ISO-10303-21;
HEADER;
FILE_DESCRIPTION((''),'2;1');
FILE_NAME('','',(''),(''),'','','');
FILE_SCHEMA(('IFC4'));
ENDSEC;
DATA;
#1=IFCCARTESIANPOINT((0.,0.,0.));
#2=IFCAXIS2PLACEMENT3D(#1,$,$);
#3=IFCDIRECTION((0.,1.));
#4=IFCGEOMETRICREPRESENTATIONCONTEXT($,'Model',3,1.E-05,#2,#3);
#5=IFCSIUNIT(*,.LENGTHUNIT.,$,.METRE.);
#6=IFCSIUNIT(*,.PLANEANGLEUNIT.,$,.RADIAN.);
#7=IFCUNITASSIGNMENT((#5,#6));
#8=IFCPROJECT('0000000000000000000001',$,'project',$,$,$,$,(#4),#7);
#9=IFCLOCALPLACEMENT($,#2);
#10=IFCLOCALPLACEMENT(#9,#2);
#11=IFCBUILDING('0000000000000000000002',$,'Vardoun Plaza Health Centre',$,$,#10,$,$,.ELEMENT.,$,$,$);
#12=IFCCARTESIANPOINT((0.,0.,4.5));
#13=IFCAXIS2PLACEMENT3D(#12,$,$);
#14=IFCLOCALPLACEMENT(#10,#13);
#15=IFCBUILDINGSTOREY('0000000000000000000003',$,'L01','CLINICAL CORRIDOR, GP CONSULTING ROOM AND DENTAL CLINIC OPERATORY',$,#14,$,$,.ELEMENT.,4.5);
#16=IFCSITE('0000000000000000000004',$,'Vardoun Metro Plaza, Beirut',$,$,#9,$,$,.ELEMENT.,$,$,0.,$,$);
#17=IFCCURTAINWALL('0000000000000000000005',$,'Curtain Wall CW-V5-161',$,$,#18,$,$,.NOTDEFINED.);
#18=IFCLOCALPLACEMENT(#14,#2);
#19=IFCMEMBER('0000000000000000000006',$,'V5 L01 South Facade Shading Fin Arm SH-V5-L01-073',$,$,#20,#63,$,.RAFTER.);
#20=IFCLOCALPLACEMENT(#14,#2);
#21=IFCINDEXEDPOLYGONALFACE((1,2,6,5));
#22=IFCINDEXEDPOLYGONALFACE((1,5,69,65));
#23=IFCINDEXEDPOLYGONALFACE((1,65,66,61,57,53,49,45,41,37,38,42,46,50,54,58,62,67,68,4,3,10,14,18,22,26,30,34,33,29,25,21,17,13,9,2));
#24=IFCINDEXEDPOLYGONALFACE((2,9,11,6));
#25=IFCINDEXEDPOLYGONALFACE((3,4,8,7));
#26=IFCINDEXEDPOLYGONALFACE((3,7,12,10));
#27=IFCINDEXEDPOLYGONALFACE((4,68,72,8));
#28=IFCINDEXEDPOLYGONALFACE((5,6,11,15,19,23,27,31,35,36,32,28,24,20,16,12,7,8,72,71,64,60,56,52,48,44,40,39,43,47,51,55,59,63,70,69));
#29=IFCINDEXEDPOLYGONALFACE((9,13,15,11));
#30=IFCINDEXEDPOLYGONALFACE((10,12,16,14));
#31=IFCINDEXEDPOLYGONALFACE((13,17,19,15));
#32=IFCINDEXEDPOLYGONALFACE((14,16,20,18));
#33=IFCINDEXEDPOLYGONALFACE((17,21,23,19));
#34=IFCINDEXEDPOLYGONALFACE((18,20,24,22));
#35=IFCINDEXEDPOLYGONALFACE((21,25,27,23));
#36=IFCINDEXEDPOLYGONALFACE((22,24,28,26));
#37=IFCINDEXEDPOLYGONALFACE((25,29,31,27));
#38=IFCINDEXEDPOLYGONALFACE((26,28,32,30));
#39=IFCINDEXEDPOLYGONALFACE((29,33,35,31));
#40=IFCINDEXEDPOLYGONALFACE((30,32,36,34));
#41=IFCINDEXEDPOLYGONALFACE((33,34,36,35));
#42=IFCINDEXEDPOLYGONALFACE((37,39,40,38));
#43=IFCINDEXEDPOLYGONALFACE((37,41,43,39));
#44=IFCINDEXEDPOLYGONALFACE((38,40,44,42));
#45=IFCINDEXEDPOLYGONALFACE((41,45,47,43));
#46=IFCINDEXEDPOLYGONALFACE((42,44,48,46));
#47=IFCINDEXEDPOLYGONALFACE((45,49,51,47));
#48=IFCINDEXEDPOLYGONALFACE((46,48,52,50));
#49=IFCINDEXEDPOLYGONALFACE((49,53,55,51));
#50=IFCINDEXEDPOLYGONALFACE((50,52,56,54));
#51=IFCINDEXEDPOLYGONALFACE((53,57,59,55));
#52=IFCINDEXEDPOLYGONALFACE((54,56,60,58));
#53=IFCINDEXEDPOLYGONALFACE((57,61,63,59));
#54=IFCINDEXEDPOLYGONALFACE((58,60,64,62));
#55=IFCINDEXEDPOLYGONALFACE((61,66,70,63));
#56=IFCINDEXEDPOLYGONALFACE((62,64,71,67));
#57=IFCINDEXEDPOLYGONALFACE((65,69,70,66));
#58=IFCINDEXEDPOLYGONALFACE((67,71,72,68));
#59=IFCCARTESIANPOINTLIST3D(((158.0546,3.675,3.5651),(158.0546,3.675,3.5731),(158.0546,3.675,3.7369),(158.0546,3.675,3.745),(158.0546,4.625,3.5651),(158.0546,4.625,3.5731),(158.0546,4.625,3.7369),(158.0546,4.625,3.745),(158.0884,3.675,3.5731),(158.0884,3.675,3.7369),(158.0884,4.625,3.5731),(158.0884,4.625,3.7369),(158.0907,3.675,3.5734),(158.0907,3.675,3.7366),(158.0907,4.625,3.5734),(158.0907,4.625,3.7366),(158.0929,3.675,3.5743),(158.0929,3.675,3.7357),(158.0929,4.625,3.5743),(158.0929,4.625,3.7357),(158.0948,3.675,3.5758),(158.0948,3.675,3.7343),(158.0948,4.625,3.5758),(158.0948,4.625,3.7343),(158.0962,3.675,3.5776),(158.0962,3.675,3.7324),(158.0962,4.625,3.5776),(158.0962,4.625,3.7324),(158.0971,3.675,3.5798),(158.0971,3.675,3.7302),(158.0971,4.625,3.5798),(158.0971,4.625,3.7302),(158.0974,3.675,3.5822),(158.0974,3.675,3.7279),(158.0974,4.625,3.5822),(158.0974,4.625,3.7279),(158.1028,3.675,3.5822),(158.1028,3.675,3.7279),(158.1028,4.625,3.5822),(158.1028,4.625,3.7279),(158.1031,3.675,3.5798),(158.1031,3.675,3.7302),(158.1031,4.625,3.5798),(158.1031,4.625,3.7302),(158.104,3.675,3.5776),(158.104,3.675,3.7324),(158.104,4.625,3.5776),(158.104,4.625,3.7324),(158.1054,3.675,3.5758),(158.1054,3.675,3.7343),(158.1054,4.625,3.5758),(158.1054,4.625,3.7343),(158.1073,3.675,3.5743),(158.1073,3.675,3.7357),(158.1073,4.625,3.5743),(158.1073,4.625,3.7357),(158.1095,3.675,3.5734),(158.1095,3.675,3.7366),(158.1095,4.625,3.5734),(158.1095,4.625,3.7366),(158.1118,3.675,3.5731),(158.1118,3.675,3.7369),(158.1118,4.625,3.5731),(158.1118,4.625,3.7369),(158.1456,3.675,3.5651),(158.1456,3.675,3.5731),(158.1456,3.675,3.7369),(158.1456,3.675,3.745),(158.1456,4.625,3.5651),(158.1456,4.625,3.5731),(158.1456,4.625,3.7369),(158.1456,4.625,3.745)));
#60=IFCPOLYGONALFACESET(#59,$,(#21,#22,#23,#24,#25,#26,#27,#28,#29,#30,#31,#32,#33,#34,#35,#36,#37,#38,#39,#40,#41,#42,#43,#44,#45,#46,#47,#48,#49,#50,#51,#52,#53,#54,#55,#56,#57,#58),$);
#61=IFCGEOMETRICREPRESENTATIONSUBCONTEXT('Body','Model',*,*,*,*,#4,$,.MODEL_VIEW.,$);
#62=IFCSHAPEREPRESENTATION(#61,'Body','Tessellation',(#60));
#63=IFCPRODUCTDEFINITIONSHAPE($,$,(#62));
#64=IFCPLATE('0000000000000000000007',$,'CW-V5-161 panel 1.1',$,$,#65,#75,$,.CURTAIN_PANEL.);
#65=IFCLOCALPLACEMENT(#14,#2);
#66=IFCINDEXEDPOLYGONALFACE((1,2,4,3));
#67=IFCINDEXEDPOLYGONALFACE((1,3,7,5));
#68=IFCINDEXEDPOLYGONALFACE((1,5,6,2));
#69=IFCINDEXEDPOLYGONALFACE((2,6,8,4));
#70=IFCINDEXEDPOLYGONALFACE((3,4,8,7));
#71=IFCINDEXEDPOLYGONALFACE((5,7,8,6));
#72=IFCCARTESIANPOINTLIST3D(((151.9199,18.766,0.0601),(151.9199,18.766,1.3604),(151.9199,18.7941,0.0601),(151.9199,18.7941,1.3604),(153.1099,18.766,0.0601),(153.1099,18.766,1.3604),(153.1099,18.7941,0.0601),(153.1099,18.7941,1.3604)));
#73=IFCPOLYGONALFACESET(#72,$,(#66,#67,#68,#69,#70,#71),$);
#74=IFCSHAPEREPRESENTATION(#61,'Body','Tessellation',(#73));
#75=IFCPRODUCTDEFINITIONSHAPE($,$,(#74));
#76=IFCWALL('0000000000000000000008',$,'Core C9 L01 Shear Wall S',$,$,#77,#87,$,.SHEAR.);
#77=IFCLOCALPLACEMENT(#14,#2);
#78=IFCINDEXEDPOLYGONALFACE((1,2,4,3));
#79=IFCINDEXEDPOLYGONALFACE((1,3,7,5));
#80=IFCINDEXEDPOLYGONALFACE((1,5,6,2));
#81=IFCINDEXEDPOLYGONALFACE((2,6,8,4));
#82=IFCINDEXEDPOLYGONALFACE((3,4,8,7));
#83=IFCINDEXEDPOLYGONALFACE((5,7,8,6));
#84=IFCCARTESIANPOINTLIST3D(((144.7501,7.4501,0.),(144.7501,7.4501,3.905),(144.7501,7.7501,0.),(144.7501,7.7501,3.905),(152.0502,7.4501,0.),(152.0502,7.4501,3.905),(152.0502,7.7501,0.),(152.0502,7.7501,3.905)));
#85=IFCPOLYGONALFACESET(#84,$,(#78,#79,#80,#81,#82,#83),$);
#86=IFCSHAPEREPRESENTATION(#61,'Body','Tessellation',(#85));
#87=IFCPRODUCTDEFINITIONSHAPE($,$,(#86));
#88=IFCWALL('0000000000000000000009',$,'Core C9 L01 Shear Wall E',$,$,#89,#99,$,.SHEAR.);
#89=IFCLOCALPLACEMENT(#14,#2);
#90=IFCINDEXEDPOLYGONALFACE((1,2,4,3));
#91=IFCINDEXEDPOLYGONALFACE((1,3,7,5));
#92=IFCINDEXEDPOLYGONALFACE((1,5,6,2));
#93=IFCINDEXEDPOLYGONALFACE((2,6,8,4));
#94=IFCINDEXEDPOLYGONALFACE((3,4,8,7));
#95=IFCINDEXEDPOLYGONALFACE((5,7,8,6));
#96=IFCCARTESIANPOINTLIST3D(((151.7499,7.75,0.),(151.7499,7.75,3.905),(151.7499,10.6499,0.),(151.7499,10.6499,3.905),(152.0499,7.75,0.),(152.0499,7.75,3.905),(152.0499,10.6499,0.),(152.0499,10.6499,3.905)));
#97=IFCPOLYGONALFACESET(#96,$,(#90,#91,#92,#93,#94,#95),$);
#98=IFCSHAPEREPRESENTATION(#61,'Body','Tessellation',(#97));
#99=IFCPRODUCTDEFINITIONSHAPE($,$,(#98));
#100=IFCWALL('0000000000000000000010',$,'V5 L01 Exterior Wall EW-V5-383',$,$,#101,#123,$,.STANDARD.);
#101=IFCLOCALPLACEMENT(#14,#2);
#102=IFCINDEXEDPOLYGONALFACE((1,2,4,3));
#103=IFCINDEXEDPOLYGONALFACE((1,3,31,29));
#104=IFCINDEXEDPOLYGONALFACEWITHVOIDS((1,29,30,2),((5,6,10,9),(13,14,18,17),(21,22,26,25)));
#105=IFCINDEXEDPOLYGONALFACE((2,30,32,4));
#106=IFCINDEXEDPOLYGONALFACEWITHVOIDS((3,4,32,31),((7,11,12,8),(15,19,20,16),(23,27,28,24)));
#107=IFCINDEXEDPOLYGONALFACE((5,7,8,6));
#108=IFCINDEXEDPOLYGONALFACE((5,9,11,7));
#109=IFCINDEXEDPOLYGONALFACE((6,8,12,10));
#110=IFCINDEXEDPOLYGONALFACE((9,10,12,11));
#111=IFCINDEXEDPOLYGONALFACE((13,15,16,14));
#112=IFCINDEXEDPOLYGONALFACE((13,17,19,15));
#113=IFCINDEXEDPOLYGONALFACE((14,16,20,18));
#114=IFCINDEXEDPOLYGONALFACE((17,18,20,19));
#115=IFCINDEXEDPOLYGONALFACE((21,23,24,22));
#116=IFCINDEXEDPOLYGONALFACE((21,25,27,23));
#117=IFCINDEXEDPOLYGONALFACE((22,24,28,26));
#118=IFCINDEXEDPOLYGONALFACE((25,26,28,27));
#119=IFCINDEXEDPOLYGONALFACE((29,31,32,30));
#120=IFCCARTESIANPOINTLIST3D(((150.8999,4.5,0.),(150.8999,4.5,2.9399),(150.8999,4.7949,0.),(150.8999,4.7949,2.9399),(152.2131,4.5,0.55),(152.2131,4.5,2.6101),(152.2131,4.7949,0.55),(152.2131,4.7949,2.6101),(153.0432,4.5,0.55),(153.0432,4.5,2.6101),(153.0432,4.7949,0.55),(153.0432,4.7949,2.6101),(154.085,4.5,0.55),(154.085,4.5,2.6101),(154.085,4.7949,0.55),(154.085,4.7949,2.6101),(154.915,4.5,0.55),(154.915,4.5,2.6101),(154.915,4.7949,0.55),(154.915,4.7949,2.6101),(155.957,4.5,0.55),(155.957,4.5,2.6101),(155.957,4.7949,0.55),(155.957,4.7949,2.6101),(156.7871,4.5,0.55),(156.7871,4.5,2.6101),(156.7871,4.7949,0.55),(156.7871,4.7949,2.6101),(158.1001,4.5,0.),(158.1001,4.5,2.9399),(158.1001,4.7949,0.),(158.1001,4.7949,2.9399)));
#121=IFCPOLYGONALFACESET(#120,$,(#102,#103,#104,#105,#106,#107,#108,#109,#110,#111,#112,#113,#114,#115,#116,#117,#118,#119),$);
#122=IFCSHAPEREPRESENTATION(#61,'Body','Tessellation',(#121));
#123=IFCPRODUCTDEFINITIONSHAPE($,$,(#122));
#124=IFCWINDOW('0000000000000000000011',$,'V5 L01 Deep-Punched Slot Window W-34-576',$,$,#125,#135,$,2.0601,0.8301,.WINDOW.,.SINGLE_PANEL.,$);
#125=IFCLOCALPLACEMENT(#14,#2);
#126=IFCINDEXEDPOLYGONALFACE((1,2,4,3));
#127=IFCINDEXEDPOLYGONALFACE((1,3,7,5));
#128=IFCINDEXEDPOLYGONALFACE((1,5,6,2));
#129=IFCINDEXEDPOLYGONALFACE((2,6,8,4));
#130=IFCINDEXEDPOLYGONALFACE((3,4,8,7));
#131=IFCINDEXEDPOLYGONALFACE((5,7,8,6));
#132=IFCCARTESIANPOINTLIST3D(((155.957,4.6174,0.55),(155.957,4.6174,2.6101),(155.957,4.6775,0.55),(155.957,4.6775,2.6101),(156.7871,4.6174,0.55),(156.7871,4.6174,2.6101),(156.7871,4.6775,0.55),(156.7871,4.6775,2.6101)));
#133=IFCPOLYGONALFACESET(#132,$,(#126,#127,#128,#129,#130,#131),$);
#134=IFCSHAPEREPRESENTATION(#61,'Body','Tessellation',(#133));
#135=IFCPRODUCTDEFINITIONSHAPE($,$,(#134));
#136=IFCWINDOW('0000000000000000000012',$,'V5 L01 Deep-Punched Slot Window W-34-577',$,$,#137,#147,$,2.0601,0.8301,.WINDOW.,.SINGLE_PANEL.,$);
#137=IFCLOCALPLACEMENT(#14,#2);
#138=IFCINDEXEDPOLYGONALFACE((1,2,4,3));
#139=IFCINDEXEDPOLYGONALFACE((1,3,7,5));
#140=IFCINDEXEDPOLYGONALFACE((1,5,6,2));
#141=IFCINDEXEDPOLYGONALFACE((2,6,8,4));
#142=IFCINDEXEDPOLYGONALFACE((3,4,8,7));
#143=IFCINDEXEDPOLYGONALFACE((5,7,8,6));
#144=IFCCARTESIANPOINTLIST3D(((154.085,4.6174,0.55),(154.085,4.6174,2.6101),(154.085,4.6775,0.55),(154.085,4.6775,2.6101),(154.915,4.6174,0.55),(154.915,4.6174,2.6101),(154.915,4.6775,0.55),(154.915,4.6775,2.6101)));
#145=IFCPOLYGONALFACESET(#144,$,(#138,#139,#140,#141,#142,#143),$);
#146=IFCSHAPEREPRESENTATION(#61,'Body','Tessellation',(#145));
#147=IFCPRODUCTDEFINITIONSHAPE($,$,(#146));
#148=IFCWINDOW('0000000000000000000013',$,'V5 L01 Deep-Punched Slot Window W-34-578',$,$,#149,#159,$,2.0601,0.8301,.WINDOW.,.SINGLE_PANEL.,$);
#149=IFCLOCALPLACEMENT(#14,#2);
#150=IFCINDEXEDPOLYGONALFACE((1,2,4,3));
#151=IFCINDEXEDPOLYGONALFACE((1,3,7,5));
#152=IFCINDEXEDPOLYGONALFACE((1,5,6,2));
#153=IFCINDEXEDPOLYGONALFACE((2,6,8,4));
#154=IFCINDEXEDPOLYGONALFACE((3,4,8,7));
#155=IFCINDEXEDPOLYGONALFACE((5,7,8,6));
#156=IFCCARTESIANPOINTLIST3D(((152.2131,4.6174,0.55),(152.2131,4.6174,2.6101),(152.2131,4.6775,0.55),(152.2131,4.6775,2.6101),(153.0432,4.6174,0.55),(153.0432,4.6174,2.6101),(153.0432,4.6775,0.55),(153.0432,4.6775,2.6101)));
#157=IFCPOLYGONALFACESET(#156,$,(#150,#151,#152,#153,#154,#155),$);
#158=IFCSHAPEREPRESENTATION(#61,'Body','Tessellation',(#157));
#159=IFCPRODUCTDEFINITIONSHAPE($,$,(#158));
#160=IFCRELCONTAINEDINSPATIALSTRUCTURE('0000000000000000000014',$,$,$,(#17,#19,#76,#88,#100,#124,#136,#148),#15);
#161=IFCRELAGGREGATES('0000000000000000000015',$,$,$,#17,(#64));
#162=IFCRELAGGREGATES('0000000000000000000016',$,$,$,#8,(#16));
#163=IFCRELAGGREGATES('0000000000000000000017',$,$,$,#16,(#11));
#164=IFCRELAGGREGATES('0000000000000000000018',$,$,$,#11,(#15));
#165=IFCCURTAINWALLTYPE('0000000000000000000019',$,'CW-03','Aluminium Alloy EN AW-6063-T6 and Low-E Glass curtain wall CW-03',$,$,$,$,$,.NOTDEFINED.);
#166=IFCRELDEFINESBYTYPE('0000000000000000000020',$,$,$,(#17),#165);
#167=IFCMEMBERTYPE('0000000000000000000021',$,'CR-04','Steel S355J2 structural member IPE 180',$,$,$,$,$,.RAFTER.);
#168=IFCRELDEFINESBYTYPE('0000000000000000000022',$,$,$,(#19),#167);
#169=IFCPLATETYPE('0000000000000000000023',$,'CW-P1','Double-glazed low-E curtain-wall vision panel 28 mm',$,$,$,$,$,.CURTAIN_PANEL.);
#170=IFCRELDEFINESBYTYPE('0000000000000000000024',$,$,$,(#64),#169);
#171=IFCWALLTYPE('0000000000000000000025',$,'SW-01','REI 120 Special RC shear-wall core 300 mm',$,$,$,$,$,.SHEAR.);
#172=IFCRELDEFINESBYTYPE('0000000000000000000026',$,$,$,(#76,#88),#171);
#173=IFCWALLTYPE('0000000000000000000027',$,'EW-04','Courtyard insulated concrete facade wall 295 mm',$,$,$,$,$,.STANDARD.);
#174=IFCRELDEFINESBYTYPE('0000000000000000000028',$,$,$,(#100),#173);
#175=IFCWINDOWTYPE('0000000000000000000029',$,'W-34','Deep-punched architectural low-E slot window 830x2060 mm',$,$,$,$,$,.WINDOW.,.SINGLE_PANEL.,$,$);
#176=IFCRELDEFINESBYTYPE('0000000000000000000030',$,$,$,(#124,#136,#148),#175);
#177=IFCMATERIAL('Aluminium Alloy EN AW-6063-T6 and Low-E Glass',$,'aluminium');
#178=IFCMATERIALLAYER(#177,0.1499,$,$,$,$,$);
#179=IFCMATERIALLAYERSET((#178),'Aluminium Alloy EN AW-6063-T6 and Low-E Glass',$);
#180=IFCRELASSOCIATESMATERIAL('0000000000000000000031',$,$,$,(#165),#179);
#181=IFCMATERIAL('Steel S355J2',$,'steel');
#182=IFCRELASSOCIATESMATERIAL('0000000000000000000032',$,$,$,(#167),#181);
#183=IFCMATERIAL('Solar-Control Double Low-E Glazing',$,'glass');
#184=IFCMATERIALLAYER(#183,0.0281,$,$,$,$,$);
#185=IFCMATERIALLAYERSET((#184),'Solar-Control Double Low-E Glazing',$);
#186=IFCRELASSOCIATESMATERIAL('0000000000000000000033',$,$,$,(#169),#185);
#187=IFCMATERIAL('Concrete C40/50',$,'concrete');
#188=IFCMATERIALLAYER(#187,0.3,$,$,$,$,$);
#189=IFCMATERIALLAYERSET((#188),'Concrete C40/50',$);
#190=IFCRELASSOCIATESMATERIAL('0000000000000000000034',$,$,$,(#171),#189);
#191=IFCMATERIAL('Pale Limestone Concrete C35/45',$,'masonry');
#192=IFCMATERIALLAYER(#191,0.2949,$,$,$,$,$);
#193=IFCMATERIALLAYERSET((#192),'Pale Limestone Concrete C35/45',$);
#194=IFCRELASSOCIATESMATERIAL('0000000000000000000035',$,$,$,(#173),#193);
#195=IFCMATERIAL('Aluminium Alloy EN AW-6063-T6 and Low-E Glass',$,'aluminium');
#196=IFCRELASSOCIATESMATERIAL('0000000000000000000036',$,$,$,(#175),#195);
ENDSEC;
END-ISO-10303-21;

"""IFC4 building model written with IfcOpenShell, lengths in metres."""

from ifc_helpers import new_model, si_unit, direction, frame, frame_2d, origin, origin_2d, place, context, subcontext, project, spatial, rectangle, i_section, extrude, material, layer, layer_set, material_profile, profile_set, type_object, element, fill, aggregate, save


model = new_model("IFC4")

# Units and contexts
model_context = context("Model", 3, precision=1e-05, world=origin(), true_north=direction((0.0, 1.0)))
body_context = subcontext(model_context, "Body", "Model", "MODEL_VIEW")
ifc_project = project(units=[si_unit("LENGTHUNIT", "METRE"), si_unit("PLANEANGLEUNIT", "RADIAN")], contexts=[model_context])

# Site, building, storey
site_placement = place(None, origin())
site = spatial("IfcSite", under=ifc_project, at=site_placement, Name="Vardoun Metro Plaza, Beirut", CompositionType="ELEMENT", RefElevation=0.0)
building_placement = place(site_placement, origin())
building = spatial("IfcBuilding", under=site, at=building_placement, Name="Vardoun Plaza Health Centre", CompositionType="ELEMENT")
storey_placement = place(building_placement, frame((0.0, 0.0, 4.5)))
storey = spatial("IfcBuildingStorey", under=building, at=storey_placement, Name="L01", Description="CLINICAL CORRIDOR, GP CONSULTING ROOM AND DENTAL CLINIC OPERATORY", CompositionType="ELEMENT", Elevation=4.5)

# Curtain wall
ifc_material_1 = material(Name="Aluminium Alloy EN AW-6063-T6 and Low-E Glass", Category="aluminium")
ifc_layer_1 = layer(ifc_material_1, 0.1499)
ifc_layer_set_1 = layer_set([ifc_layer_1], Name="Aluminium Alloy EN AW-6063-T6 and Low-E Glass")
curtain_wall_type = type_object("IfcCurtainWallType", Name="CW-03", Description="Aluminium Alloy EN AW-6063-T6 and Low-E Glass curtain wall CW-03", PredefinedType="NOTDEFINED", material=ifc_layer_set_1)
curtain_wall_placement = place(storey_placement, origin())
curtain_wall = element("IfcCurtainWall", 1, at=curtain_wall_placement, inside=storey, type_object=curtain_wall_type, Name="Curtain Wall CW-V5-161", PredefinedType="NOTDEFINED")

# Member
ifc_material_2 = material(Name="Steel S355J2", Category="steel")
ifc_material_profile_1 = material_profile(ifc_material_2, i_section(OverallWidth=0.0911, OverallDepth=0.1799, WebThickness=0.0054, FlangeThickness=0.0081, FilletRadius=0.009, at=origin_2d()), Name="IPE 180")
ifc_profile_set_1 = profile_set([ifc_material_profile_1], Name="Steel S355J2")
member_type_1 = type_object("IfcMemberType", Name="CR-04", Description="Steel S355J2 structural member IPE 180", PredefinedType="RAFTER", material=ifc_profile_set_1)
member_1_placement = place(storey_placement, frame((158.1001, 4.625, 3.655), z_axis=(0.0, -1.0, 0.0), x_axis=(1.0, 0.0, 0.0)))
element("IfcMember", 2, at=member_1_placement, inside=storey, type_object=member_type_1, Name="V5 L01 South Facade Shading Fin Arm SH-V5-L01-073", PredefinedType="RAFTER", context=body_context, shape_type="SweptSolid", body=[
    extrude(i_section(OverallWidth=0.0911, OverallDepth=0.1799, WebThickness=0.0054, FlangeThickness=0.0081, FilletRadius=0.009, at=origin_2d()), origin(), (0.0, 0.0, 1.0), 0.95),
])

# Plate
ifc_material_3 = material(Name="Solar-Control Double Low-E Glazing", Category="glass")
ifc_layer_2 = layer(ifc_material_3, 0.0281)
ifc_layer_set_2 = layer_set([ifc_layer_2], Name="Solar-Control Double Low-E Glazing")
plate_type = type_object("IfcPlateType", Name="CW-P1", Description="Double-glazed low-E curtain-wall vision panel 28 mm", PredefinedType="CURTAIN_PANEL", material=ifc_layer_set_2)
plate_placement = place(storey_placement, frame((152.5149, 18.78, 0.0601), z_axis=(0.0, 0.0, 1.0), x_axis=(1.0, 0.0, 0.0)))
plate = element("IfcPlate", 3, at=plate_placement, type_object=plate_type, Name="CW-V5-161 panel 1.1", PredefinedType="CURTAIN_PANEL", context=body_context, shape_type="SweptSolid", body=[
    extrude(rectangle(XDim=1.1899, YDim=0.0281, at=origin_2d()), origin(), (0.0, 0.0, 1.0), 1.3003),
])
aggregate(curtain_wall, [plate])

# Walls
ifc_material_4 = material(Name="Concrete C40/50", Category="concrete")
ifc_layer_3 = layer(ifc_material_4, 0.3)
ifc_layer_set_3 = layer_set([ifc_layer_3], Name="Concrete C40/50")
wall_type_1 = type_object("IfcWallType", Name="SW-01", Description="REI 120 Special RC shear-wall core 300 mm", PredefinedType="SHEAR", material=ifc_layer_set_3)
wall_1_placement = place(storey_placement, frame((152.05, 7.6001, 0.0), z_axis=(0.0, 0.0, 1.0), x_axis=(-1.0, 0.0, 0.0)))
element("IfcWall", 4, at=wall_1_placement, inside=storey, type_object=wall_type_1, Name="Core C9 L01 Shear Wall S", PredefinedType="SHEAR", context=body_context, shape_type="SweptSolid", body=[
    extrude(rectangle(XDim=7.3, YDim=0.3, at=frame_2d((3.6499, 0.0))), origin(), (0.0, 0.0, 1.0), 3.905),
])
wall_2_placement = place(storey_placement, frame((151.8999, 10.6499, 0.0), z_axis=(0.0, 0.0, 1.0), x_axis=(0.0, -1.0, 0.0)))
element("IfcWall", 5, at=wall_2_placement, inside=storey, type_object=wall_type_1, Name="Core C9 L01 Shear Wall E", PredefinedType="SHEAR", context=body_context, shape_type="SweptSolid", body=[
    extrude(rectangle(XDim=2.8999, YDim=0.3, at=frame_2d((1.45, 0.0))), origin(), (0.0, 0.0, 1.0), 3.905),
])

# Wall, openings, windows
ifc_material_5 = material(Name="Pale Limestone Concrete C35/45", Category="masonry")
ifc_layer_4 = layer(ifc_material_5, 0.2949)
ifc_layer_set_4 = layer_set([ifc_layer_4], Name="Pale Limestone Concrete C35/45")
wall_type_2 = type_object("IfcWallType", Name="EW-04", Description="Courtyard insulated concrete facade wall 295 mm", PredefinedType="STANDARD", material=ifc_layer_set_4)
wall_3_placement = place(storey_placement, frame((158.1001, 4.6475, 0.0), z_axis=(0.0, 0.0, 1.0), x_axis=(-1.0, 0.0, 0.0)))
wall_3 = element("IfcWall", 6, at=wall_3_placement, inside=storey, type_object=wall_type_2, Name="V5 L01 Exterior Wall EW-V5-383", PredefinedType="STANDARD", context=body_context, shape_type="SweptSolid", body=[
    extrude(rectangle(XDim=7.2002, YDim=0.2949, at=frame_2d((3.6001, 0.0))), origin(), (0.0, 0.0, 1.0), 2.9399),
])
opening_1_placement = place(wall_3_placement, frame((1.313, 0.0, 0.55)))
opening_1 = element("IfcOpeningElement", 7, at=opening_1_placement, cuts=wall_3, PredefinedType="OPENING", context=body_context, shape_type="SweptSolid", body=[
    extrude(rectangle(XDim=0.8301, YDim=2.0601, at=frame_2d((0.415, 1.03))), frame((0.0, 0.1475, 0.0), z_axis=(0.0, -1.0, 0.0), x_axis=(1.0, 0.0, 0.0)), (0.0, 0.0, 1.0), 0.2949),
])
opening_2_placement = place(wall_3_placement, frame((3.1851, 0.0, 0.55)))
opening_2 = element("IfcOpeningElement", 8, at=opening_2_placement, cuts=wall_3, PredefinedType="OPENING", context=body_context, shape_type="SweptSolid", body=[
    extrude(rectangle(XDim=0.8301, YDim=2.0601, at=frame_2d((0.415, 1.03))), frame((0.0, 0.1475, 0.0), z_axis=(0.0, -1.0, 0.0), x_axis=(1.0, 0.0, 0.0)), (0.0, 0.0, 1.0), 0.2949),
])
opening_3_placement = place(wall_3_placement, frame((5.0569, 0.0, 0.55)))
opening_3 = element("IfcOpeningElement", 9, at=opening_3_placement, cuts=wall_3, PredefinedType="OPENING", context=body_context, shape_type="SweptSolid", body=[
    extrude(rectangle(XDim=0.8301, YDim=2.0601, at=frame_2d((0.415, 1.03))), frame((0.0, 0.1475, 0.0), z_axis=(0.0, -1.0, 0.0), x_axis=(1.0, 0.0, 0.0)), (0.0, 0.0, 1.0), 0.2949),
])
ifc_material_6 = material(Name="Aluminium Alloy EN AW-6063-T6 and Low-E Glass", Category="aluminium")
window_type = type_object("IfcWindowType", Name="W-34", Description="Deep-punched architectural low-E slot window 830x2060 mm", PartitioningType="SINGLE_PANEL", PredefinedType="WINDOW", material=ifc_material_6)
window_1_placement = place(opening_1_placement, origin())
window_1 = element("IfcWindow", 10, at=window_1_placement, inside=storey, type_object=window_type, Name="V5 L01 Deep-Punched Slot Window W-34-576", OverallHeight=2.0601, OverallWidth=0.8301, PartitioningType="SINGLE_PANEL", PredefinedType="WINDOW", context=body_context, shape_type="SweptSolid", body=[
    extrude(rectangle(XDim=0.8301, YDim=2.0601, at=frame_2d((0.415, 1.03))), frame((0.0, 0.03, 0.0), z_axis=(0.0, -1.0, 0.0), x_axis=(1.0, 0.0, 0.0)), (0.0, 0.0, 1.0), 0.0601),
])
fill(opening_1, window_1)
window_2_placement = place(opening_2_placement, origin())
window_2 = element("IfcWindow", 11, at=window_2_placement, inside=storey, type_object=window_type, Name="V5 L01 Deep-Punched Slot Window W-34-577", OverallHeight=2.0601, OverallWidth=0.8301, PartitioningType="SINGLE_PANEL", PredefinedType="WINDOW", context=body_context, shape_type="SweptSolid", body=[
    extrude(rectangle(XDim=0.8301, YDim=2.0601, at=frame_2d((0.415, 1.03))), frame((0.0, 0.03, 0.0), z_axis=(0.0, -1.0, 0.0), x_axis=(1.0, 0.0, 0.0)), (0.0, 0.0, 1.0), 0.0601),
])
fill(opening_2, window_2)
window_3_placement = place(opening_3_placement, origin())
window_3 = element("IfcWindow", 12, at=window_3_placement, inside=storey, type_object=window_type, Name="V5 L01 Deep-Punched Slot Window W-34-578", OverallHeight=2.0601, OverallWidth=0.8301, PartitioningType="SINGLE_PANEL", PredefinedType="WINDOW", context=body_context, shape_type="SweptSolid", body=[
    extrude(rectangle(XDim=0.8301, YDim=2.0601, at=frame_2d((0.415, 1.03))), frame((0.0, 0.03, 0.0), z_axis=(0.0, -1.0, 0.0), x_axis=(1.0, 0.0, 0.0)), (0.0, 0.0, 1.0), 0.0601),
])
fill(opening_3, window_3)

save(model, "model.ifc")
